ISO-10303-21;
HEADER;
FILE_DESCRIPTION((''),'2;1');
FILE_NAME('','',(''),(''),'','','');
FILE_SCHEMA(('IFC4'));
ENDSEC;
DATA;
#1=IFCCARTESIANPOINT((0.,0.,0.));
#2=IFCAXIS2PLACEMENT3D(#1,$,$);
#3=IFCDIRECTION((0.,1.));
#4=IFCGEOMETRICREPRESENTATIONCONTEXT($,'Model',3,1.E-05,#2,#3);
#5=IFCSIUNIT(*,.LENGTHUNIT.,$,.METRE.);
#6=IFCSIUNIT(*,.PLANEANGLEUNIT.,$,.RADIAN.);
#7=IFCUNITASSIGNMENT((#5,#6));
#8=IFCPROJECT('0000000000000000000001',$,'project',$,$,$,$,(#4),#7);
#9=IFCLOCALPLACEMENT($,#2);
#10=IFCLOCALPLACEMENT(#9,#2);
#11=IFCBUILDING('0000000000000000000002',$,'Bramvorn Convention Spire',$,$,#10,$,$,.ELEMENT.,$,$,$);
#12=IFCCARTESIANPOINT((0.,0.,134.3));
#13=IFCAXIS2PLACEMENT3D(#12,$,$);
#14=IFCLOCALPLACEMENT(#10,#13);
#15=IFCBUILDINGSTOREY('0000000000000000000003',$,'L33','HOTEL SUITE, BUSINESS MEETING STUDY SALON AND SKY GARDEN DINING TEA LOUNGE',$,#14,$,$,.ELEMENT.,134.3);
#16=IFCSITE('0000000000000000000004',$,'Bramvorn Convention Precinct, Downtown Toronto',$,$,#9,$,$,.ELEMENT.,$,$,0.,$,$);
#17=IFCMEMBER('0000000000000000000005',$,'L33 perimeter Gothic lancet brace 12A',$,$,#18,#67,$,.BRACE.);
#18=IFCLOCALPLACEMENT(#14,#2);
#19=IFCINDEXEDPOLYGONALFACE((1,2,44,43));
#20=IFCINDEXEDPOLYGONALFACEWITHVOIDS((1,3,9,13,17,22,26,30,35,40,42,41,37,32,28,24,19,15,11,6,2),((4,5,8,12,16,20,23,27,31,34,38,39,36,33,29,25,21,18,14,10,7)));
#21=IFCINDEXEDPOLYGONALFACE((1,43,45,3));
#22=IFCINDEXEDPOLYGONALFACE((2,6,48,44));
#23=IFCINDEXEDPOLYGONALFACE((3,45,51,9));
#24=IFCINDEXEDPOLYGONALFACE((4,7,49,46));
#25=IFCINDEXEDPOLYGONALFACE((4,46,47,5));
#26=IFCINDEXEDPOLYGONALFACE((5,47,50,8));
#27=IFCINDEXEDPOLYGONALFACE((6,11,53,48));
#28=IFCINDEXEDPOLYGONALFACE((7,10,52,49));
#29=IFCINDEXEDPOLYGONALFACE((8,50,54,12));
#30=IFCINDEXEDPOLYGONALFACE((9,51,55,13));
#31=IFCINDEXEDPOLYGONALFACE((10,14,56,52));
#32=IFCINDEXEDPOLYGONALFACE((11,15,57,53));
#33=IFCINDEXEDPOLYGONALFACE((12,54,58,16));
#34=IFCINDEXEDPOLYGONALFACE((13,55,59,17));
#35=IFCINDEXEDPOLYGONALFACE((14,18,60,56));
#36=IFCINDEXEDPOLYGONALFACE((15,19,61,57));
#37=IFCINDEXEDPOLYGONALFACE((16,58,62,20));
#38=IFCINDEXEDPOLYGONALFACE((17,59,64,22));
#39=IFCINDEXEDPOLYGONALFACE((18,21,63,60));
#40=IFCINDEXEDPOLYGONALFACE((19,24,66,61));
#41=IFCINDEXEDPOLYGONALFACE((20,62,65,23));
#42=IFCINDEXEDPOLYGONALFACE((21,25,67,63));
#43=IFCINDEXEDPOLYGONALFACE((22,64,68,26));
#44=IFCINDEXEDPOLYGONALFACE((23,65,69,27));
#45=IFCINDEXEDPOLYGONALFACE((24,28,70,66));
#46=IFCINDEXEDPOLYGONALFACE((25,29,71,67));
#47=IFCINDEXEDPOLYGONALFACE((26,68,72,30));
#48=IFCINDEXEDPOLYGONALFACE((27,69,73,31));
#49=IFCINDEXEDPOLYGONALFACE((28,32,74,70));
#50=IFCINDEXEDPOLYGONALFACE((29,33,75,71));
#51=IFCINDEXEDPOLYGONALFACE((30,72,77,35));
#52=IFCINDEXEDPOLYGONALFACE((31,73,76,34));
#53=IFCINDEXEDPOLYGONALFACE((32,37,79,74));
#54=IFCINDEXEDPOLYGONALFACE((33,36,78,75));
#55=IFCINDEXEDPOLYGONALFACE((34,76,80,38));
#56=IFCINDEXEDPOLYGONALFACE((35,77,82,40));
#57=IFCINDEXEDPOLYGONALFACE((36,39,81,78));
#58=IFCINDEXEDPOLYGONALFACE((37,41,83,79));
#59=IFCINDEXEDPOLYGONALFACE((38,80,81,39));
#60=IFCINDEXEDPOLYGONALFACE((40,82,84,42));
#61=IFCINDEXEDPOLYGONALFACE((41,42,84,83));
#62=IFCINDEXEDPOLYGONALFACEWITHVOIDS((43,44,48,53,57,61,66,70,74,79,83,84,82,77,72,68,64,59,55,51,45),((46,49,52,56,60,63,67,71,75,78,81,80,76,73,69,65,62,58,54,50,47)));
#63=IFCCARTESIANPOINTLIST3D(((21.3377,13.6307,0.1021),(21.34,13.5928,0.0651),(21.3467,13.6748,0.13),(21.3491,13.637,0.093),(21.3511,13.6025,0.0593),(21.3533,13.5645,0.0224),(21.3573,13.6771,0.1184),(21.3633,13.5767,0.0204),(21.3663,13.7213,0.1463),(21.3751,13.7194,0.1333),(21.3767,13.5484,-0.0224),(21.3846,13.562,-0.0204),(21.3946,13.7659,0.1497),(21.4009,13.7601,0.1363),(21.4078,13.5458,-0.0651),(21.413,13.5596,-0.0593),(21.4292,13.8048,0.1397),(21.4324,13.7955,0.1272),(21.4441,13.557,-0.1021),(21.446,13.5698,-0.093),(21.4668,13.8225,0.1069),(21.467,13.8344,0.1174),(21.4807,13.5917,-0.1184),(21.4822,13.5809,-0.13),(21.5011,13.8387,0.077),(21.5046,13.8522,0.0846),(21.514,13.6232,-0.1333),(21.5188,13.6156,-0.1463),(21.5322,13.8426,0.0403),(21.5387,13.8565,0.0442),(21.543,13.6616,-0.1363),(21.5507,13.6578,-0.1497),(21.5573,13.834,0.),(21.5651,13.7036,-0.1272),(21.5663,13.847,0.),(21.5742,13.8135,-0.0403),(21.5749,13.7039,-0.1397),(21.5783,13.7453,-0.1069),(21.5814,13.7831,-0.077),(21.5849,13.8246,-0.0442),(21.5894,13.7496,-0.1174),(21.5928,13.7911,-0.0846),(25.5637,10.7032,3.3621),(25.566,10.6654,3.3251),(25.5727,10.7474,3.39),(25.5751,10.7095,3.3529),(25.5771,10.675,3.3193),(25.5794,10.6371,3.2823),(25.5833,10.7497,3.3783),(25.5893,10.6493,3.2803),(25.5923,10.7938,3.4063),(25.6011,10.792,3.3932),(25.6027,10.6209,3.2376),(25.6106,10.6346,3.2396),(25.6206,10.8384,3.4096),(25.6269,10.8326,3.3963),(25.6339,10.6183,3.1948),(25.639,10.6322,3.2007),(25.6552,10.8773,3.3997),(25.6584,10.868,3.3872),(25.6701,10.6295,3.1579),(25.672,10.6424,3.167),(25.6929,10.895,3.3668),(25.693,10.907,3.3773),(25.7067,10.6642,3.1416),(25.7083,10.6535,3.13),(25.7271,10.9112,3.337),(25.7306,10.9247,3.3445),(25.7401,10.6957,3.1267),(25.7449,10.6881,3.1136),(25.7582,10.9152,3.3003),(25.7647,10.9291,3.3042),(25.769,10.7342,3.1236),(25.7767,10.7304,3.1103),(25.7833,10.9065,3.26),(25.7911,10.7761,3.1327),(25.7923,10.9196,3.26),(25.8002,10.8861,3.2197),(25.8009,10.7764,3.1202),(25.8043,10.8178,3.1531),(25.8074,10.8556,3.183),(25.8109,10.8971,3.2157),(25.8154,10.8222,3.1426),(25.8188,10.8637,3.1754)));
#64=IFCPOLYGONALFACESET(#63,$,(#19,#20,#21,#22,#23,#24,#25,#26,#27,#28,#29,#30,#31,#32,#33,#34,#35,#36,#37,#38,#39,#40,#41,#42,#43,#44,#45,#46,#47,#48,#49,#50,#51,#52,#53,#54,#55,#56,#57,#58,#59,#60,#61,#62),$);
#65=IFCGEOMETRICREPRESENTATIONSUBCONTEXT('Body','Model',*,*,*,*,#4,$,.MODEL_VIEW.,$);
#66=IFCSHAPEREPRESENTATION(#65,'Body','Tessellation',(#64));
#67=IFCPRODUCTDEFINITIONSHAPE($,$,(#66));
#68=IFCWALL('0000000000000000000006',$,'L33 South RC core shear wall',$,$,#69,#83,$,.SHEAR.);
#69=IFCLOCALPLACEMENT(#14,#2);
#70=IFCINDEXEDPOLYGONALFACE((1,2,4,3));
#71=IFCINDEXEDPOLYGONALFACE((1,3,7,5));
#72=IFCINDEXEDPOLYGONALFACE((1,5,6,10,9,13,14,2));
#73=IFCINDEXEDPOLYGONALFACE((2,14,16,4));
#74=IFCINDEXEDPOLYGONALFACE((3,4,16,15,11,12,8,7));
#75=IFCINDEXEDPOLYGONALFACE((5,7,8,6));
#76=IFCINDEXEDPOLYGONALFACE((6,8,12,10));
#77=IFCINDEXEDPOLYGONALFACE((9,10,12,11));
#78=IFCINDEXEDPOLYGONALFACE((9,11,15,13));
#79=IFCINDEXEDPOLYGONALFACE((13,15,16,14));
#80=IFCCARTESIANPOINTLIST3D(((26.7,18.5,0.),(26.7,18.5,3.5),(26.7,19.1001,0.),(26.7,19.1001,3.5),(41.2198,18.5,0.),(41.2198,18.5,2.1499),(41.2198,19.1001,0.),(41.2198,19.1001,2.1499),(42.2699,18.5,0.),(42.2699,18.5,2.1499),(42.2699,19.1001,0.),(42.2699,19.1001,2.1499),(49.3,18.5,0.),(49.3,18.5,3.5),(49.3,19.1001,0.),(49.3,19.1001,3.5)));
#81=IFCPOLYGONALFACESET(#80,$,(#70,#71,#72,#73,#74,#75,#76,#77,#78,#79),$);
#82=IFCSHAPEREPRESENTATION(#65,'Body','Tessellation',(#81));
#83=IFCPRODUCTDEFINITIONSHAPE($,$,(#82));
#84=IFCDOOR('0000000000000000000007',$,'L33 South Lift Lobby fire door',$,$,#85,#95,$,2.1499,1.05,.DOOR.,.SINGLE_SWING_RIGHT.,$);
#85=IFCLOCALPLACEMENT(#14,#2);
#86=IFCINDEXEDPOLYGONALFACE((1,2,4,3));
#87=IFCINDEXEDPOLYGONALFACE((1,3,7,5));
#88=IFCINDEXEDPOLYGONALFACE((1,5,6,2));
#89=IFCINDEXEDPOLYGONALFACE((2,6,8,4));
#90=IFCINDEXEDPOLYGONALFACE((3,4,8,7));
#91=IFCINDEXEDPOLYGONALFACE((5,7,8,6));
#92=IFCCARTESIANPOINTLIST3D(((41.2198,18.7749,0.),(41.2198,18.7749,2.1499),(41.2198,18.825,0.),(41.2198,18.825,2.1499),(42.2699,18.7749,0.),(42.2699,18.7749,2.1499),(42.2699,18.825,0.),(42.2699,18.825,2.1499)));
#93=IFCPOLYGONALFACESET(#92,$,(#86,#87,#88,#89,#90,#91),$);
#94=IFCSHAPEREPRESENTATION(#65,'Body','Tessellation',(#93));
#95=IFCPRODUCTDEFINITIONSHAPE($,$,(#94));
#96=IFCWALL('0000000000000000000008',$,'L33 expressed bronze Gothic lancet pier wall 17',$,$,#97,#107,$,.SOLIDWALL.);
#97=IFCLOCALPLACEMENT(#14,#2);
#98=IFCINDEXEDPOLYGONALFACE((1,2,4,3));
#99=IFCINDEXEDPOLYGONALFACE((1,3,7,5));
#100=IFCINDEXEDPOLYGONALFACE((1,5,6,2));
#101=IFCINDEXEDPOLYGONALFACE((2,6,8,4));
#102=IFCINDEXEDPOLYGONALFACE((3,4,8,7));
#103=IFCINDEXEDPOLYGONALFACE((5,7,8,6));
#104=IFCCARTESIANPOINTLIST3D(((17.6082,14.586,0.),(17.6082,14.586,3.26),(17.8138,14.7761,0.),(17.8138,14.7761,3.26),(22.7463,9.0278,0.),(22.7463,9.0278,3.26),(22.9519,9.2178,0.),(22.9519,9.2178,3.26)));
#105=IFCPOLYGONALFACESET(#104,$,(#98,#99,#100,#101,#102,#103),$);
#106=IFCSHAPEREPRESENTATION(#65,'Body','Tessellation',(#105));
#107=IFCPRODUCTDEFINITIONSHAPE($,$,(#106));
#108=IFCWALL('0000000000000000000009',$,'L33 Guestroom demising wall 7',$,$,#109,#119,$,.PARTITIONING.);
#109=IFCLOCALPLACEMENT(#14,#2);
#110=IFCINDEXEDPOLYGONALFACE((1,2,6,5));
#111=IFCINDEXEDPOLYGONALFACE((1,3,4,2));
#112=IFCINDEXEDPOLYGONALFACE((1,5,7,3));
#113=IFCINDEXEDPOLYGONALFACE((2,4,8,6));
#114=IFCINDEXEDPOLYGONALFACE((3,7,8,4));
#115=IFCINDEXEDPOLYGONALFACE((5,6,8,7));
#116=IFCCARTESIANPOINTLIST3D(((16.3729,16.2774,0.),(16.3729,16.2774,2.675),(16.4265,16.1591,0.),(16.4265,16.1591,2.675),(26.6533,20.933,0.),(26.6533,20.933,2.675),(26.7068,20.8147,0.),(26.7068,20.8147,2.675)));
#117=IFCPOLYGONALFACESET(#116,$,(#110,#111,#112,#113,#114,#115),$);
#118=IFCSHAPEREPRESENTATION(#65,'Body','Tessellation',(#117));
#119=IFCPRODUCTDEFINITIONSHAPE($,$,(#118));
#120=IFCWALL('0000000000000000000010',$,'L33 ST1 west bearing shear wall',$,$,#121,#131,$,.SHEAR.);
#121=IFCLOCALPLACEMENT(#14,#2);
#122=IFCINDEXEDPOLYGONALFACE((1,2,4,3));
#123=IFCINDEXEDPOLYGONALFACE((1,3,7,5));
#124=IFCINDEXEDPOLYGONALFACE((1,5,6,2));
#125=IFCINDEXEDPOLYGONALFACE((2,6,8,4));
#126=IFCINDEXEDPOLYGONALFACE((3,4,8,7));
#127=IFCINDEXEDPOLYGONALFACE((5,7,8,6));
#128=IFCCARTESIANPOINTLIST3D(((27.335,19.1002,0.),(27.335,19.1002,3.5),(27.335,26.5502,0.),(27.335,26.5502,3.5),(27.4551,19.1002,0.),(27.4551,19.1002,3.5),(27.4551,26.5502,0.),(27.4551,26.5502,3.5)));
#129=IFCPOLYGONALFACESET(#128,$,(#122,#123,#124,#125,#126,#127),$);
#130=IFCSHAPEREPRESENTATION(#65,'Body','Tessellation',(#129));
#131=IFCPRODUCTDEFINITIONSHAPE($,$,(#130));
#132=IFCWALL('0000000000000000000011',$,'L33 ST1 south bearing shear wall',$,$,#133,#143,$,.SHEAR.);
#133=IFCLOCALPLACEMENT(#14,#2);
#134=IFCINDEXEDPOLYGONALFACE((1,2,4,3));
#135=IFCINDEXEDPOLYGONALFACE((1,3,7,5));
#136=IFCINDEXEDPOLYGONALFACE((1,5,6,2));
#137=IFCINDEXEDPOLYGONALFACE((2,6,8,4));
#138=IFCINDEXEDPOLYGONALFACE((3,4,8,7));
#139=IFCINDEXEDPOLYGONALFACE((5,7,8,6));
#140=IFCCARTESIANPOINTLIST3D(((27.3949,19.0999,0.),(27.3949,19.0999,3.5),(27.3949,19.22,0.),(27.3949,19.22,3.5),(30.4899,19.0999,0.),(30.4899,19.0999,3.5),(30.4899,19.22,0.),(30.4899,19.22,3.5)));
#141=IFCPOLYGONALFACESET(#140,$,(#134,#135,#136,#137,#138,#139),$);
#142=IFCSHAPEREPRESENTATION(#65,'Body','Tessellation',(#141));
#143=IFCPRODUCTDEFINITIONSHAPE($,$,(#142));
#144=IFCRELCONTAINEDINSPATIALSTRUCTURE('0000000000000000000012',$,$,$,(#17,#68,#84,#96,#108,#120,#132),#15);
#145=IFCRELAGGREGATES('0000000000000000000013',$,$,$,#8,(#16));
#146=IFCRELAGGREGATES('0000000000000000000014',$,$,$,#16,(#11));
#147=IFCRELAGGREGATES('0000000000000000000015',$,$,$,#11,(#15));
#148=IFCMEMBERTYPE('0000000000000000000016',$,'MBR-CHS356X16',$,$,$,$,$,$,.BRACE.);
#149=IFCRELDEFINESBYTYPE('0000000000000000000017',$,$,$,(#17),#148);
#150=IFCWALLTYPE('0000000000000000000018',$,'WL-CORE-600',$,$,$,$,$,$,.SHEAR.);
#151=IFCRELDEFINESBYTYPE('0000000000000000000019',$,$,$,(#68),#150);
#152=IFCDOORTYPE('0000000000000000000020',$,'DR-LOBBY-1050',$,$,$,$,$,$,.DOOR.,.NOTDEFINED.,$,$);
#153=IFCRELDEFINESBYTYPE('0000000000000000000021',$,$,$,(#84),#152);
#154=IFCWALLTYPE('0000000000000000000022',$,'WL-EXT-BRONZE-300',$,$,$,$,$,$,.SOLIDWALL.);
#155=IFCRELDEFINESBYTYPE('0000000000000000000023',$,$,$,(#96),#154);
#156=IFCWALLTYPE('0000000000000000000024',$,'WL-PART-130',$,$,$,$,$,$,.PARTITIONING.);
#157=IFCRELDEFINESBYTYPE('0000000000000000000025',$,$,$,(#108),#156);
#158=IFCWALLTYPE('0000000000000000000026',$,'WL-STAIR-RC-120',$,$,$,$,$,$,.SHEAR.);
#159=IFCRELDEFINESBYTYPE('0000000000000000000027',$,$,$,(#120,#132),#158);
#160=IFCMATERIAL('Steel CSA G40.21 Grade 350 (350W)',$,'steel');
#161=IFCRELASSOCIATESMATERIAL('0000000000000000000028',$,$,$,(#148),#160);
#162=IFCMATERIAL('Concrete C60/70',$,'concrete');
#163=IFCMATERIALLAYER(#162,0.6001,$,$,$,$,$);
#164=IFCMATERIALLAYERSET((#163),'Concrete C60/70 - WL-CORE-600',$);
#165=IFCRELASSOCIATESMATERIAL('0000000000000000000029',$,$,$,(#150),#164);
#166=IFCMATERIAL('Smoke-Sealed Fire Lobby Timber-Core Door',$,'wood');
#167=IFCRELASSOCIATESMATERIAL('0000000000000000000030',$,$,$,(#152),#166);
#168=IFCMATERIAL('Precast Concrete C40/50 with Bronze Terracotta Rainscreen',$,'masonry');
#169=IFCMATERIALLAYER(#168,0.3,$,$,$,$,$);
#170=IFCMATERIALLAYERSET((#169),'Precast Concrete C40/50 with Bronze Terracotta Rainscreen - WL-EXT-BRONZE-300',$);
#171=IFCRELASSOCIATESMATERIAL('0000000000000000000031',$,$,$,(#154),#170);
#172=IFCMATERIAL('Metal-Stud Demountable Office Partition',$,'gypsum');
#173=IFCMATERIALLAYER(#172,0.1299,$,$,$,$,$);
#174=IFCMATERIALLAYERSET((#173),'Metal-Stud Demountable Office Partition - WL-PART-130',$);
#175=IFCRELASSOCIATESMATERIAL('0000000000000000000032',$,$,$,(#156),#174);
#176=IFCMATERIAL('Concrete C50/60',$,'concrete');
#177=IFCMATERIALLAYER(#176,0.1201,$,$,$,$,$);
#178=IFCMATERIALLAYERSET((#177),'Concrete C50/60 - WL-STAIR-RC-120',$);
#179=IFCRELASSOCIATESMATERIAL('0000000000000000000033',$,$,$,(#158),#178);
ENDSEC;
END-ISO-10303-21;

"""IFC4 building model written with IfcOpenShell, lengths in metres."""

from ifc_helpers import new_model, si_unit, direction, frame, frame_2d, origin, origin_2d, place, context, subcontext, project, spatial, rectangle, hollow_circle, extrude, material, layer, layer_set, material_profile, profile_set, type_object, element, fill, save


model = new_model("IFC4")

# Units and contexts
model_context = context("Model", 3, precision=1e-05, world=origin(), true_north=direction((0.0, 1.0)))
body_context = subcontext(model_context, "Body", "Model", "MODEL_VIEW")
ifc_project = project(units=[si_unit("LENGTHUNIT", "METRE"), si_unit("PLANEANGLEUNIT", "RADIAN")], contexts=[model_context])

# Site, building, storey
site_placement = place(None, origin())
site = spatial("IfcSite", under=ifc_project, at=site_placement, Name="Bramvorn Convention Precinct, Downtown Toronto", CompositionType="ELEMENT", RefElevation=0.0)
building_placement = place(site_placement, origin())
building = spatial("IfcBuilding", under=site, at=building_placement, Name="Bramvorn Convention Spire", CompositionType="ELEMENT")
storey_placement = place(building_placement, frame((0.0, 0.0, 134.3)))
storey = spatial("IfcBuildingStorey", under=building, at=storey_placement, Name="L33", Description="HOTEL SUITE, BUSINESS MEETING STUDY SALON AND SKY GARDEN DINING TEA LOUNGE", CompositionType="ELEMENT", Elevation=134.3)

# Shared definitions
ifc_material_1 = material(Name="Steel CSA G40.21 Grade 350 (350W)", Category="steel")

# Member
ifc_material_profile_1 = material_profile(ifc_material_1, hollow_circle(Radius=0.1777, WallThickness=0.0159, at=origin_2d()))
ifc_profile_set_1 = profile_set([ifc_material_profile_1], Name="Steel CSA G40.21 Grade 350 (350W) - CHS356X16")
member_type = type_object("IfcMemberType", Name="MBR-CHS356X16", PredefinedType="BRACE", material=ifc_profile_set_1)
member_placement = place(storey_placement, frame((21.4651, 13.7009, 0.0), z_axis=(0.694222, -0.480902, 0.535526), x_axis=(0.56944, 0.822033, 0.0)))
element("IfcMember", 1, at=member_placement, inside=storey, type_object=member_type, Name="L33 perimeter Gothic lancet brace 12A", PredefinedType="BRACE", context=body_context, shape_type="SweptSolid", body=[
    extrude(hollow_circle(Radius=0.1777, WallThickness=0.0159, at=origin_2d()), origin(), (0.0, 0.0, 1.0), 6.0874),
])

# Wall, opening, door
ifc_material_2 = material(Name="Concrete C60/70", Category="concrete")
ifc_layer_1 = layer(ifc_material_2, 0.6001)
ifc_layer_set_1 = layer_set([ifc_layer_1], Name="Concrete C60/70 - WL-CORE-600")
wall_type_1 = type_object("IfcWallType", Name="WL-CORE-600", PredefinedType="SHEAR", material=ifc_layer_set_1)
wall_1_placement = place(storey_placement, frame((26.7, 18.8, 0.0), z_axis=(0.0, 0.0, 1.0), x_axis=(1.0, 0.0, 0.0)))
wall_1 = element("IfcWall", 2, at=wall_1_placement, inside=storey, type_object=wall_type_1, Name="L33 South RC core shear wall", PredefinedType="SHEAR", context=body_context, shape_type="SweptSolid", body=[
    extrude(rectangle(XDim=22.6001, YDim=0.6001, at=frame_2d((11.3, 0.0))), origin(), (0.0, 0.0, 1.0), 3.5),
])
opening_1_placement = place(wall_1_placement, frame((14.52, 0.0, 0.0)))
opening_1 = element("IfcOpeningElement", 3, at=opening_1_placement, cuts=wall_1, PredefinedType="OPENING", context=body_context, shape_type="SweptSolid", body=[
    extrude(rectangle(XDim=1.05, YDim=2.1499, at=frame_2d((0.5249, 1.075))), frame((0.0, 0.3101, 0.0), z_axis=(0.0, -1.0, 0.0), x_axis=(1.0, 0.0, 0.0)), (0.0, 0.0, 1.0), 0.6201),
])
ifc_material_3 = material(Name="Smoke-Sealed Fire Lobby Timber-Core Door", Category="wood")
door_type_1 = type_object("IfcDoorType", Name="DR-LOBBY-1050", OperationType="NOTDEFINED", PredefinedType="DOOR", material=ifc_material_3)
door_1_placement = place(opening_1_placement, origin())
door_1 = element("IfcDoor", 4, at=door_1_placement, inside=storey, type_object=door_type_1, Name="L33 South Lift Lobby fire door", OperationType="SINGLE_SWING_RIGHT", OverallHeight=2.1499, OverallWidth=1.05, PredefinedType="DOOR", context=body_context, shape_type="SweptSolid", body=[
    extrude(rectangle(XDim=1.05, YDim=2.1499, at=frame_2d((0.5249, 1.075))), frame((0.0, 0.0249, 0.0), z_axis=(0.0, -1.0, 0.0), x_axis=(1.0, 0.0, 0.0)), (0.0, 0.0, 1.0), 0.05),
])
fill(opening_1, door_1)

# Walls
ifc_material_4 = material(Name="Precast Concrete C40/50 with Bronze Terracotta Rainscreen", Category="masonry")
ifc_layer_2 = layer(ifc_material_4, 0.3)
ifc_layer_set_2 = layer_set([ifc_layer_2], Name="Precast Concrete C40/50 with Bronze Terracotta Rainscreen - WL-EXT-BRONZE-300")
wall_type_2 = type_object("IfcWallType", Name="WL-EXT-BRONZE-300", PredefinedType="SOLIDWALL", material=ifc_layer_set_2)
wall_2_placement = place(storey_placement, frame((22.8491, 9.1228, 0.0), z_axis=(0.0, 0.0, 1.0), x_axis=(-0.678808, 0.734316, 0.0)))
element("IfcWall", 5, at=wall_2_placement, inside=storey, type_object=wall_type_2, Name="L33 expressed bronze Gothic lancet pier wall 17", PredefinedType="SOLIDWALL", context=body_context, shape_type="SweptSolid", body=[
    extrude(rectangle(XDim=7.5693, YDim=0.28, at=frame_2d((3.7847, 0.0))), origin(), (0.0, 0.0, 1.0), 3.26),
])
ifc_material_5 = material(Name="Metal-Stud Demountable Office Partition", Category="gypsum")
ifc_layer_3 = layer(ifc_material_5, 0.1299)
ifc_layer_set_3 = layer_set([ifc_layer_3], Name="Metal-Stud Demountable Office Partition - WL-PART-130")
wall_type_3 = type_object("IfcWallType", Name="WL-PART-130", PredefinedType="PARTITIONING", material=ifc_layer_set_3)
wall_3_placement = place(storey_placement, frame((26.6799, 20.8738, 0.0), z_axis=(0.0, 0.0, 1.0), x_axis=(-0.910944, -0.41253, 0.0)))
element("IfcWall", 6, at=wall_3_placement, inside=storey, type_object=wall_type_3, Name="L33 Guestroom demising wall 7", PredefinedType="PARTITIONING", context=body_context, shape_type="SweptSolid", body=[
    extrude(rectangle(XDim=11.2854, YDim=0.1299, at=frame_2d((5.6426, 0.0))), origin(), (0.0, 0.0, 1.0), 2.675),
])

# Shared definitions
ifc_material_6 = material(Name="Concrete C50/60", Category="concrete")

# Walls
ifc_layer_4 = layer(ifc_material_6, 0.1201)
ifc_layer_set_4 = layer_set([ifc_layer_4], Name="Concrete C50/60 - WL-STAIR-RC-120")
wall_type_4 = type_object("IfcWallType", Name="WL-STAIR-RC-120", PredefinedType="SHEAR", material=ifc_layer_set_4)
wall_4_placement = place(storey_placement, frame((27.395, 19.1001, 0.0), z_axis=(0.0, 0.0, 1.0), x_axis=(0.0, 1.0, 0.0)))
element("IfcWall", 7, at=wall_4_placement, inside=storey, type_object=wall_type_4, Name="L33 ST1 west bearing shear wall", PredefinedType="SHEAR", context=body_context, shape_type="SweptSolid", body=[
    extrude(rectangle(XDim=7.45, YDim=0.1201, at=frame_2d((3.7251, 0.0))), origin(), (0.0, 0.0, 1.0), 3.5),
])
wall_5_placement = place(storey_placement, frame((27.395, 19.1599, 0.0), z_axis=(0.0, 0.0, 1.0), x_axis=(1.0, 0.0, 0.0)))
element("IfcWall", 8, at=wall_5_placement, inside=storey, type_object=wall_type_4, Name="L33 ST1 south bearing shear wall", PredefinedType="SHEAR", context=body_context, shape_type="SweptSolid", body=[
    extrude(rectangle(XDim=3.095, YDim=0.1201, at=frame_2d((1.5474, 0.0))), origin(), (0.0, 0.0, 1.0), 3.5),
])

save(model, "model.ifc")
